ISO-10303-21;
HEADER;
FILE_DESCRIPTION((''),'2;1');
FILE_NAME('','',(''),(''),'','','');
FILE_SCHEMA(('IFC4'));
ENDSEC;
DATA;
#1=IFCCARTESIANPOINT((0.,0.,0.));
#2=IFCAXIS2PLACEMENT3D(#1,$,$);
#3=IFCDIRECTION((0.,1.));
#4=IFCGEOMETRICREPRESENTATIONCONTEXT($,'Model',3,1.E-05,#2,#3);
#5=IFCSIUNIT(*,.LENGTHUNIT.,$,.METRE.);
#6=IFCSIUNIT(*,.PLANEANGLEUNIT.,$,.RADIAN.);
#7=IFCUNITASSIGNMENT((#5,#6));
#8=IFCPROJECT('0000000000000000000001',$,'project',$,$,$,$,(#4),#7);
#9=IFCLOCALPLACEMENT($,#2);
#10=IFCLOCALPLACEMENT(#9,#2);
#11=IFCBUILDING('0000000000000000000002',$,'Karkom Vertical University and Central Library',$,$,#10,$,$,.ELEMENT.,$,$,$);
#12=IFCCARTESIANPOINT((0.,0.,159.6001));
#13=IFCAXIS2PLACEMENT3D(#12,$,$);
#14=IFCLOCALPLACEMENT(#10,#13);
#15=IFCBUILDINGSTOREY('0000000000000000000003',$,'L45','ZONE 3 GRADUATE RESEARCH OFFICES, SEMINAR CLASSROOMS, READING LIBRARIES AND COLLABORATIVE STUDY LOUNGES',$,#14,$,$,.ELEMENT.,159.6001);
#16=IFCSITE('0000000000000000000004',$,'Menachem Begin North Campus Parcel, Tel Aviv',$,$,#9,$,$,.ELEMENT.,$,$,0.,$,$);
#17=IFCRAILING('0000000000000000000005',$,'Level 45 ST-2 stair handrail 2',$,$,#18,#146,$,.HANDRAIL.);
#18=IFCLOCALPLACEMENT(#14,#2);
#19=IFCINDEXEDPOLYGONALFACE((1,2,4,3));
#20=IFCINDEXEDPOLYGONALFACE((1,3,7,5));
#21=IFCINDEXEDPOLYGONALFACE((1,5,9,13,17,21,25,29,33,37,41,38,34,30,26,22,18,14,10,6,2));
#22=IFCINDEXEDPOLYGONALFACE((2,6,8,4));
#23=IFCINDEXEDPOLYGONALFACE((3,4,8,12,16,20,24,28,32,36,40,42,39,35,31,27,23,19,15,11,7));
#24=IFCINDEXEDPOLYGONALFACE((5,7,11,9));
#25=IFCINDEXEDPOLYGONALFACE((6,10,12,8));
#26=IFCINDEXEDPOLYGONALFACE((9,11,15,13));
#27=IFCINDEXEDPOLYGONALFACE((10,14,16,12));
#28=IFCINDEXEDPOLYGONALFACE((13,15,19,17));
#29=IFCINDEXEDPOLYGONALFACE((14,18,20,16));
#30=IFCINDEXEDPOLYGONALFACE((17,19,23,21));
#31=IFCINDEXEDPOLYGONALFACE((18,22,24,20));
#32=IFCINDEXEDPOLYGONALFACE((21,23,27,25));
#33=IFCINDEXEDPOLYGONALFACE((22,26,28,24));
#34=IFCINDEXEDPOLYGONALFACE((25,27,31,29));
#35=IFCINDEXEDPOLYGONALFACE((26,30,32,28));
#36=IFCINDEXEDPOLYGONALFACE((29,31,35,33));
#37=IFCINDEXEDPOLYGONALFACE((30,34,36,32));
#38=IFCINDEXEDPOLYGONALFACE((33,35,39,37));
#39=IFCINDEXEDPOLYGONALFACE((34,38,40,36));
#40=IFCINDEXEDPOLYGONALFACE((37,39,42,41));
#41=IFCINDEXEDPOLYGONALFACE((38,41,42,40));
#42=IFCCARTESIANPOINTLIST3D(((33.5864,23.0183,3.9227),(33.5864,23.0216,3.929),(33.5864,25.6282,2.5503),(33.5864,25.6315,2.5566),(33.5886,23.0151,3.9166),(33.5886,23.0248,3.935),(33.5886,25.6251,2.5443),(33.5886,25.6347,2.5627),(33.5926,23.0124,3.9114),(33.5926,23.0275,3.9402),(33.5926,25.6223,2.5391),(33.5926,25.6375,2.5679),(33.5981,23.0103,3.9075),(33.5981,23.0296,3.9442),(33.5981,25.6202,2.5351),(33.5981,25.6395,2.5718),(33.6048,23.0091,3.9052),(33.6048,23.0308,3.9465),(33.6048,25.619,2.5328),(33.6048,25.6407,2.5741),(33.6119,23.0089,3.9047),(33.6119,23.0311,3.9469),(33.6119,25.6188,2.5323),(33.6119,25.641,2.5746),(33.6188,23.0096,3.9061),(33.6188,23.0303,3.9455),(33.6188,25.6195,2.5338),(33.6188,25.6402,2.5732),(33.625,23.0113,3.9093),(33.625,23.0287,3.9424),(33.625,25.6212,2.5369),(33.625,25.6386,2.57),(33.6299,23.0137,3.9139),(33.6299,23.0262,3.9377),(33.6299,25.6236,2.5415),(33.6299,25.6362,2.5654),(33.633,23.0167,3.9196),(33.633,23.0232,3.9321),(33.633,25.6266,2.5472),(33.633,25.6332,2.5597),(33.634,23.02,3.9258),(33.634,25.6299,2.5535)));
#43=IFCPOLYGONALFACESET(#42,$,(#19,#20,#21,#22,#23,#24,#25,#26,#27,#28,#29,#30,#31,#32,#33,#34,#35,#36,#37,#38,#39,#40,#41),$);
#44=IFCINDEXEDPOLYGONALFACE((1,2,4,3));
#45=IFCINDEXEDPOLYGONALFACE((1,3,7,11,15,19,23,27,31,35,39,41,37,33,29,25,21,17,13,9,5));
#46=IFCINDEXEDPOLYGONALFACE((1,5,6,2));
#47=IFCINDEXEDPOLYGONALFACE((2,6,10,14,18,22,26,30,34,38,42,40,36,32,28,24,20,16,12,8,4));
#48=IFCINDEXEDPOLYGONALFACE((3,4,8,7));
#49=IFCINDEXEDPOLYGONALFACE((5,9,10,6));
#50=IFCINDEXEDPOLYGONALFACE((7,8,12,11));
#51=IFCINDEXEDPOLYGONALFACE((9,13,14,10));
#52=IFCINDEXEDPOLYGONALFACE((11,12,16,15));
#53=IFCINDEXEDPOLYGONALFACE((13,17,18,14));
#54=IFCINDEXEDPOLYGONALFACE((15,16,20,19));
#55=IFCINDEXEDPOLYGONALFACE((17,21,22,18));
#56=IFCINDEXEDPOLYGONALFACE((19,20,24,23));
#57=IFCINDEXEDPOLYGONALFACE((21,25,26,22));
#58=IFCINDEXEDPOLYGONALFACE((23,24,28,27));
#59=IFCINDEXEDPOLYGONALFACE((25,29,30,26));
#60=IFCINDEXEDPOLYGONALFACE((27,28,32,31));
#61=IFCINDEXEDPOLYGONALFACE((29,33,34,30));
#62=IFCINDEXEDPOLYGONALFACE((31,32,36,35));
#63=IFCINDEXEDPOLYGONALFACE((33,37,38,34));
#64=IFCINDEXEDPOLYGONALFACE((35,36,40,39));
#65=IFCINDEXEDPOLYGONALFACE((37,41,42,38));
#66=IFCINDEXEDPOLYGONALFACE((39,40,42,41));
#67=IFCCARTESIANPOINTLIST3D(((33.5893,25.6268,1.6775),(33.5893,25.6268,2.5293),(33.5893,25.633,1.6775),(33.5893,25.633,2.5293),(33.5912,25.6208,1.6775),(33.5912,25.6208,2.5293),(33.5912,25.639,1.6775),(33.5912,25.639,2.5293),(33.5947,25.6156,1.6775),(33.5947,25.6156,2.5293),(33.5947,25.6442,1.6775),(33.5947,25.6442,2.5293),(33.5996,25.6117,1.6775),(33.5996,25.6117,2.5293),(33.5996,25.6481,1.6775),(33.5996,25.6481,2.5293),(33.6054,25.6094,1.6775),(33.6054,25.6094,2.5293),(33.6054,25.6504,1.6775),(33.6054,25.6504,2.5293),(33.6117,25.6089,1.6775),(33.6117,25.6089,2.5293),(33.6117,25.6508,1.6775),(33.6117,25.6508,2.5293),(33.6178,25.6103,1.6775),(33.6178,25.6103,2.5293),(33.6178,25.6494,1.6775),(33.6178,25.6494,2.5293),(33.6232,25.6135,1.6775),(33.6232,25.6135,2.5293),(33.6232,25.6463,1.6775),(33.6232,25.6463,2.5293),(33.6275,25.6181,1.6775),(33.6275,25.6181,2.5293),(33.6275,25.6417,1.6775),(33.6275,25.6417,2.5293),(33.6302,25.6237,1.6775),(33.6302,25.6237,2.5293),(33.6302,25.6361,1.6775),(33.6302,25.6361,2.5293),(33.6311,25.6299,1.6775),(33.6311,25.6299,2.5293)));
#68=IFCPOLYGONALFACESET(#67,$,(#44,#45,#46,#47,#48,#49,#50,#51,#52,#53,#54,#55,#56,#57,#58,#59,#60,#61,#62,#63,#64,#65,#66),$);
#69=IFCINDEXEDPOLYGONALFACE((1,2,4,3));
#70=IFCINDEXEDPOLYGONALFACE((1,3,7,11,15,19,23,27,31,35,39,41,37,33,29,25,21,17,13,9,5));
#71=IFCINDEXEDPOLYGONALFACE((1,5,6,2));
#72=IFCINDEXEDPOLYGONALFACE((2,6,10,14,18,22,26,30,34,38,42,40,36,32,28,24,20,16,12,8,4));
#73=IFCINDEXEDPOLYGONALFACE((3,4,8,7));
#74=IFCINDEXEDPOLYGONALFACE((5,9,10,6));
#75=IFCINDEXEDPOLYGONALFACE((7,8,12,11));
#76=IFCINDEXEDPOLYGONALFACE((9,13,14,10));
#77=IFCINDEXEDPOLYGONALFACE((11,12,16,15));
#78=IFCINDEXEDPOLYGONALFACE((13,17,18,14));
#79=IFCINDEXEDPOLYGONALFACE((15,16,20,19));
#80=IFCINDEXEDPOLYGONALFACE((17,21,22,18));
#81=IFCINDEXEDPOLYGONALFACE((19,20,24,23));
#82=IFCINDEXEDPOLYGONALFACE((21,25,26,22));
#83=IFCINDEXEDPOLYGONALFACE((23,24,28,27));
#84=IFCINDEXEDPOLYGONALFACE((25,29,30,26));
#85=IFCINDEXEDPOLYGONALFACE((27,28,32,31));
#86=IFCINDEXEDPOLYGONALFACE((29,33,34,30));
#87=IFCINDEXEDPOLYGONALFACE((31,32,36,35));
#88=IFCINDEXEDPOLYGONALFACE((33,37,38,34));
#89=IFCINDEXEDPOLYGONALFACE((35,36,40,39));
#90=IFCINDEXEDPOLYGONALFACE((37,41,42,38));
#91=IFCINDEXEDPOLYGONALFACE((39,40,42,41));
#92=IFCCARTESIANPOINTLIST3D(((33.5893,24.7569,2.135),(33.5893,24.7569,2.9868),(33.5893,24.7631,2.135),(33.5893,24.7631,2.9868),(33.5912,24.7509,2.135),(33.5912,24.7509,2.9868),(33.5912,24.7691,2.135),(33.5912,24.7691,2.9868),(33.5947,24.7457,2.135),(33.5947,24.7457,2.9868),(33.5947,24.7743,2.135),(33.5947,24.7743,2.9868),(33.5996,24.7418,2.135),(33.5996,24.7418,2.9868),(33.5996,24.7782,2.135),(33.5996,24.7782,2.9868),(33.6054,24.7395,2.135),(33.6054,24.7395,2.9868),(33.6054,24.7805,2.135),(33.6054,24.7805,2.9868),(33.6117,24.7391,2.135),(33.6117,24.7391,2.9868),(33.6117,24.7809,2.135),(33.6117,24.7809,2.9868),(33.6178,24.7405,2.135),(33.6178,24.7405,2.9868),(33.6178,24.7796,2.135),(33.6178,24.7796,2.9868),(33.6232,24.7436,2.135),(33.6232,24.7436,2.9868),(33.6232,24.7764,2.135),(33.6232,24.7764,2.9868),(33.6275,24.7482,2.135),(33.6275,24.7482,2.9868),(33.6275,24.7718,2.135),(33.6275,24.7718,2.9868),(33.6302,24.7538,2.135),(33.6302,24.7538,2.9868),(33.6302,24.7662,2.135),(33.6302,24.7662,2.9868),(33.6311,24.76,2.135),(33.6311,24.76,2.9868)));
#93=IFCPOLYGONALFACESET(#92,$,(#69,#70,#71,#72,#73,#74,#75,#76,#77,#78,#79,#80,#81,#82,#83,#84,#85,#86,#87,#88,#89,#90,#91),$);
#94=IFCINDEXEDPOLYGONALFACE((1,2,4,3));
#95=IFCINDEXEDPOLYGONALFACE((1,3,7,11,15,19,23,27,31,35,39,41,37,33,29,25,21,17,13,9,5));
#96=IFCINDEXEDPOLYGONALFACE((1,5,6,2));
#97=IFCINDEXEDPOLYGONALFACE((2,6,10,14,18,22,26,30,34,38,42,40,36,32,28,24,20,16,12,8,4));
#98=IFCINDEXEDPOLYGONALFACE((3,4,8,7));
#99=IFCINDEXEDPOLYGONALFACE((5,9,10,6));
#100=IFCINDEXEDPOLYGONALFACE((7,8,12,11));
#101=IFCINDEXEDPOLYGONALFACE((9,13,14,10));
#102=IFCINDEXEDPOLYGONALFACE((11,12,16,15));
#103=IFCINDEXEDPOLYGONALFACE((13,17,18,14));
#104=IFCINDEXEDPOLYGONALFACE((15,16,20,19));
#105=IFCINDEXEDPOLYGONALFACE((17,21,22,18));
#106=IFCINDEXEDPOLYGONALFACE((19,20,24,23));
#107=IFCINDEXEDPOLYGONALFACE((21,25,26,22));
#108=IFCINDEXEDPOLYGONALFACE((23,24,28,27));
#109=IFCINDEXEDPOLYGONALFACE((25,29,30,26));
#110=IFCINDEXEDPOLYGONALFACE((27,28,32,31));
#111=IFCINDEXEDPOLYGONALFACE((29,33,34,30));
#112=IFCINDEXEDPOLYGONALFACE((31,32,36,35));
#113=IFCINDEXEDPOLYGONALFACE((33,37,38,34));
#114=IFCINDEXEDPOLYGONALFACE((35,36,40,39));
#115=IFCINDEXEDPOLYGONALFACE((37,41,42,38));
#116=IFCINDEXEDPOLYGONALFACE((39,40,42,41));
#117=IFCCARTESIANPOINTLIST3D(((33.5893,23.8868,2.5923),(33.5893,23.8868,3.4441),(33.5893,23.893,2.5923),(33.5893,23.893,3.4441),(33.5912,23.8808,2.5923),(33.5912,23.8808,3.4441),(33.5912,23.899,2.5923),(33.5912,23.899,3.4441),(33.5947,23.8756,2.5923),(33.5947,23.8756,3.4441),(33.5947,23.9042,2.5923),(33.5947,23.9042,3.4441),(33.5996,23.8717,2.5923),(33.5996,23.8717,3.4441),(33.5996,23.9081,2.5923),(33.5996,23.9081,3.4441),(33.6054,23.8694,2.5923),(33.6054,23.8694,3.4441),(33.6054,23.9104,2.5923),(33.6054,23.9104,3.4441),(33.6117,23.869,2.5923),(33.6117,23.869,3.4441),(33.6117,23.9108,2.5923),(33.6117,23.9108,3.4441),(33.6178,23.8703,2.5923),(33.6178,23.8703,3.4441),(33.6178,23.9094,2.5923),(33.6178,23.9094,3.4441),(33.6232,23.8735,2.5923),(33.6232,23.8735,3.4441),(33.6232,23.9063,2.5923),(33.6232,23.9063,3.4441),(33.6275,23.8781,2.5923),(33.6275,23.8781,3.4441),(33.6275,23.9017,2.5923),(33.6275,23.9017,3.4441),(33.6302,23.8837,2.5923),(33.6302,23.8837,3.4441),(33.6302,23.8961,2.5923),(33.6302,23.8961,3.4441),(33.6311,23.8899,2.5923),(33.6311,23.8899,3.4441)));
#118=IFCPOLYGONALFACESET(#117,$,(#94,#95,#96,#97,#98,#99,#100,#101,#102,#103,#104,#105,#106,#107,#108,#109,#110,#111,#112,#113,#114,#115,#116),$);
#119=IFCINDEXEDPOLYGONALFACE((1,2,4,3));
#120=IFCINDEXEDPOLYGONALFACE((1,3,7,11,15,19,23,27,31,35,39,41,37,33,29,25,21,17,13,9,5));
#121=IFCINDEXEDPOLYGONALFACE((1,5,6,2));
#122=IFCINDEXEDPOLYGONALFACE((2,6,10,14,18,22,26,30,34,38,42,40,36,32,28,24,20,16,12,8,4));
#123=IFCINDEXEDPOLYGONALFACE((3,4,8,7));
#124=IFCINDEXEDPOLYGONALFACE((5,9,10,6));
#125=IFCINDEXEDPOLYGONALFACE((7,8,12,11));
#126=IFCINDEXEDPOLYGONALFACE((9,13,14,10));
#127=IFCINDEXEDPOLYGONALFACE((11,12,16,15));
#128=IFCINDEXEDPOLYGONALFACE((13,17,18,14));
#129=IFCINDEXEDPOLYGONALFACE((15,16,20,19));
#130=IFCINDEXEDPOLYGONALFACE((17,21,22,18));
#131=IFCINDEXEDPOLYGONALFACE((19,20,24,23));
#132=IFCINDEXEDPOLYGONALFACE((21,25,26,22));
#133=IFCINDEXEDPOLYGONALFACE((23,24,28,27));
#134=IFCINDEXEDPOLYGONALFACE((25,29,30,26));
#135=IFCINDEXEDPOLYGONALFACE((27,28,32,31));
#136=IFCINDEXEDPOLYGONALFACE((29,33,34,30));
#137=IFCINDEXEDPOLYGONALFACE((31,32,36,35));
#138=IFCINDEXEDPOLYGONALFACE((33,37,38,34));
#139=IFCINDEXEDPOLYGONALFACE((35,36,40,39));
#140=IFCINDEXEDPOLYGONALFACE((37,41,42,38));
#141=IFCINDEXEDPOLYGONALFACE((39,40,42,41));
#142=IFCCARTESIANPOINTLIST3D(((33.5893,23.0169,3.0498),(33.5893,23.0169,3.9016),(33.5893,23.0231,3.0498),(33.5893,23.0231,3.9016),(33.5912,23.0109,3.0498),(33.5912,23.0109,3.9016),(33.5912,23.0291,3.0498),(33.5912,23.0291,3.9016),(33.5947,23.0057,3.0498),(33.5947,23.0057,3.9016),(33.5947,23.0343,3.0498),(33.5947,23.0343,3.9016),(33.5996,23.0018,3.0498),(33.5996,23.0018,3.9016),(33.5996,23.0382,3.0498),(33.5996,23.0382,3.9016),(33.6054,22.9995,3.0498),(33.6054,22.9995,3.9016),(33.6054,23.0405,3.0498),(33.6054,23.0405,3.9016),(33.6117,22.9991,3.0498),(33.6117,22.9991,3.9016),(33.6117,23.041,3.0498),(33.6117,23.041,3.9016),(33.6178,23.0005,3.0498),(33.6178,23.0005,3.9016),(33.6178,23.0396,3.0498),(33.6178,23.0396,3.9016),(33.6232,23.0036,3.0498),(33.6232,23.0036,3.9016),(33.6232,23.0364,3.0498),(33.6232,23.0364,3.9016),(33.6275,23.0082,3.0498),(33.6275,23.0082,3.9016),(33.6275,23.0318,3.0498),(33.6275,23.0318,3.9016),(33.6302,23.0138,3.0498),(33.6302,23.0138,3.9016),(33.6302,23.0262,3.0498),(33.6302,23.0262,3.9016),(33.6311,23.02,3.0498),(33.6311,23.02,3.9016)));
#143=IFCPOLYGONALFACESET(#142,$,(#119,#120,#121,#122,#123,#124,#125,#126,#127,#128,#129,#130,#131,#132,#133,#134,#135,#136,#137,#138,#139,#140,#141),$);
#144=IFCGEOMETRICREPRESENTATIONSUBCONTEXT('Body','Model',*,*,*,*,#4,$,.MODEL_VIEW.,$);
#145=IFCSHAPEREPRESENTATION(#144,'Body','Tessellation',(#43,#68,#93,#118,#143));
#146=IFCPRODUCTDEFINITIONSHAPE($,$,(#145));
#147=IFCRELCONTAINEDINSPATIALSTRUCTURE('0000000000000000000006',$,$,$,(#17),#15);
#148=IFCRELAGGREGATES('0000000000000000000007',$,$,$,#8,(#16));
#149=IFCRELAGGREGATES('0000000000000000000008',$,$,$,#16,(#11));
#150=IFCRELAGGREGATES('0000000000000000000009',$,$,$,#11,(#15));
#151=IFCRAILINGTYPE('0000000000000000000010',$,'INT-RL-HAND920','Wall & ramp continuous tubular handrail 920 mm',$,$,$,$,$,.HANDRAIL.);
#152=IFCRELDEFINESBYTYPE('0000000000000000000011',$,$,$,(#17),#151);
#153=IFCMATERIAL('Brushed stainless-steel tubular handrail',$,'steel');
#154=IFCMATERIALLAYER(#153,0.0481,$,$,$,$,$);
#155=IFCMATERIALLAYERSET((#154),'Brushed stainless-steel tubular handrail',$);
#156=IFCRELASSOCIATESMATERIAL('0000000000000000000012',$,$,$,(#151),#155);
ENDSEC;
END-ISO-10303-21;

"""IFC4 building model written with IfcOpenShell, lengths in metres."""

from ifc_helpers import new_model, si_unit, direction, frame, origin, origin_2d, place, context, subcontext, project, spatial, circle, extrude, material, layer, layer_set, type_object, element, save


model = new_model("IFC4")

# Units and contexts
model_context = context("Model", 3, precision=1e-05, world=origin(), true_north=direction((0.0, 1.0)))
body_context = subcontext(model_context, "Body", "Model", "MODEL_VIEW")
ifc_project = project(units=[si_unit("LENGTHUNIT", "METRE"), si_unit("PLANEANGLEUNIT", "RADIAN")], contexts=[model_context])

# Site, building, storey
site_placement = place(None, origin())
site = spatial("IfcSite", under=ifc_project, at=site_placement, Name="Menachem Begin North Campus Parcel, Tel Aviv", CompositionType="ELEMENT", RefElevation=0.0)
building_placement = place(site_placement, origin())
building = spatial("IfcBuilding", under=site, at=building_placement, Name="Karkom Vertical University and Central Library", CompositionType="ELEMENT")
storey_placement = place(building_placement, frame((0.0, 0.0, 159.6001)))
storey = spatial("IfcBuildingStorey", under=building, at=storey_placement, Name="L45", Description="ZONE 3 GRADUATE RESEARCH OFFICES, SEMINAR CLASSROOMS, READING LIBRARIES AND COLLABORATIVE STUDY LOUNGES", CompositionType="ELEMENT", Elevation=159.6001)

# Railing
ifc_material_1 = material(Name="Brushed stainless-steel tubular handrail", Category="steel")
ifc_layer_1 = layer(ifc_material_1, 0.0481)
ifc_layer_set_1 = layer_set([ifc_layer_1], Name="Brushed stainless-steel tubular handrail")
railing_type_1 = type_object("IfcRailingType", Name="INT-RL-HAND920", Description="Wall & ramp continuous tubular handrail 920 mm", PredefinedType="HANDRAIL", material=ifc_layer_set_1)
railing_1_placement = place(storey_placement, frame((33.6101, 25.6299, 1.6775)))
element("IfcRailing", 1, at=railing_1_placement, inside=storey, type_object=railing_type_1, Name="Level 45 ST-2 stair handrail 2", PredefinedType="HANDRAIL", context=body_context, shape_type="SweptSolid", body=[
    extrude(circle(Radius=0.0239, at=origin_2d()), frame((0.0, 0.0, 0.876), z_axis=(0.0, -0.8851, 0.465402), x_axis=(1.0, 0.0, 0.0)), (0.0, 0.0, 1.0), 2.9487),
    extrude(circle(Radius=0.021, at=origin_2d()), origin(), (0.0, 0.0, 1.0), 0.8518),
    extrude(circle(Radius=0.021, at=origin_2d()), frame((0.0, -0.8699, 0.4575)), (0.0, 0.0, 1.0), 0.8518),
    extrude(circle(Radius=0.021, at=origin_2d()), frame((0.0, -1.74, 0.9148)), (0.0, 0.0, 1.0), 0.8518),
    extrude(circle(Radius=0.021, at=origin_2d()), frame((0.0, -2.6099, 1.3723)), (0.0, 0.0, 1.0), 0.8518),
])

save(model, "model.ifc")
